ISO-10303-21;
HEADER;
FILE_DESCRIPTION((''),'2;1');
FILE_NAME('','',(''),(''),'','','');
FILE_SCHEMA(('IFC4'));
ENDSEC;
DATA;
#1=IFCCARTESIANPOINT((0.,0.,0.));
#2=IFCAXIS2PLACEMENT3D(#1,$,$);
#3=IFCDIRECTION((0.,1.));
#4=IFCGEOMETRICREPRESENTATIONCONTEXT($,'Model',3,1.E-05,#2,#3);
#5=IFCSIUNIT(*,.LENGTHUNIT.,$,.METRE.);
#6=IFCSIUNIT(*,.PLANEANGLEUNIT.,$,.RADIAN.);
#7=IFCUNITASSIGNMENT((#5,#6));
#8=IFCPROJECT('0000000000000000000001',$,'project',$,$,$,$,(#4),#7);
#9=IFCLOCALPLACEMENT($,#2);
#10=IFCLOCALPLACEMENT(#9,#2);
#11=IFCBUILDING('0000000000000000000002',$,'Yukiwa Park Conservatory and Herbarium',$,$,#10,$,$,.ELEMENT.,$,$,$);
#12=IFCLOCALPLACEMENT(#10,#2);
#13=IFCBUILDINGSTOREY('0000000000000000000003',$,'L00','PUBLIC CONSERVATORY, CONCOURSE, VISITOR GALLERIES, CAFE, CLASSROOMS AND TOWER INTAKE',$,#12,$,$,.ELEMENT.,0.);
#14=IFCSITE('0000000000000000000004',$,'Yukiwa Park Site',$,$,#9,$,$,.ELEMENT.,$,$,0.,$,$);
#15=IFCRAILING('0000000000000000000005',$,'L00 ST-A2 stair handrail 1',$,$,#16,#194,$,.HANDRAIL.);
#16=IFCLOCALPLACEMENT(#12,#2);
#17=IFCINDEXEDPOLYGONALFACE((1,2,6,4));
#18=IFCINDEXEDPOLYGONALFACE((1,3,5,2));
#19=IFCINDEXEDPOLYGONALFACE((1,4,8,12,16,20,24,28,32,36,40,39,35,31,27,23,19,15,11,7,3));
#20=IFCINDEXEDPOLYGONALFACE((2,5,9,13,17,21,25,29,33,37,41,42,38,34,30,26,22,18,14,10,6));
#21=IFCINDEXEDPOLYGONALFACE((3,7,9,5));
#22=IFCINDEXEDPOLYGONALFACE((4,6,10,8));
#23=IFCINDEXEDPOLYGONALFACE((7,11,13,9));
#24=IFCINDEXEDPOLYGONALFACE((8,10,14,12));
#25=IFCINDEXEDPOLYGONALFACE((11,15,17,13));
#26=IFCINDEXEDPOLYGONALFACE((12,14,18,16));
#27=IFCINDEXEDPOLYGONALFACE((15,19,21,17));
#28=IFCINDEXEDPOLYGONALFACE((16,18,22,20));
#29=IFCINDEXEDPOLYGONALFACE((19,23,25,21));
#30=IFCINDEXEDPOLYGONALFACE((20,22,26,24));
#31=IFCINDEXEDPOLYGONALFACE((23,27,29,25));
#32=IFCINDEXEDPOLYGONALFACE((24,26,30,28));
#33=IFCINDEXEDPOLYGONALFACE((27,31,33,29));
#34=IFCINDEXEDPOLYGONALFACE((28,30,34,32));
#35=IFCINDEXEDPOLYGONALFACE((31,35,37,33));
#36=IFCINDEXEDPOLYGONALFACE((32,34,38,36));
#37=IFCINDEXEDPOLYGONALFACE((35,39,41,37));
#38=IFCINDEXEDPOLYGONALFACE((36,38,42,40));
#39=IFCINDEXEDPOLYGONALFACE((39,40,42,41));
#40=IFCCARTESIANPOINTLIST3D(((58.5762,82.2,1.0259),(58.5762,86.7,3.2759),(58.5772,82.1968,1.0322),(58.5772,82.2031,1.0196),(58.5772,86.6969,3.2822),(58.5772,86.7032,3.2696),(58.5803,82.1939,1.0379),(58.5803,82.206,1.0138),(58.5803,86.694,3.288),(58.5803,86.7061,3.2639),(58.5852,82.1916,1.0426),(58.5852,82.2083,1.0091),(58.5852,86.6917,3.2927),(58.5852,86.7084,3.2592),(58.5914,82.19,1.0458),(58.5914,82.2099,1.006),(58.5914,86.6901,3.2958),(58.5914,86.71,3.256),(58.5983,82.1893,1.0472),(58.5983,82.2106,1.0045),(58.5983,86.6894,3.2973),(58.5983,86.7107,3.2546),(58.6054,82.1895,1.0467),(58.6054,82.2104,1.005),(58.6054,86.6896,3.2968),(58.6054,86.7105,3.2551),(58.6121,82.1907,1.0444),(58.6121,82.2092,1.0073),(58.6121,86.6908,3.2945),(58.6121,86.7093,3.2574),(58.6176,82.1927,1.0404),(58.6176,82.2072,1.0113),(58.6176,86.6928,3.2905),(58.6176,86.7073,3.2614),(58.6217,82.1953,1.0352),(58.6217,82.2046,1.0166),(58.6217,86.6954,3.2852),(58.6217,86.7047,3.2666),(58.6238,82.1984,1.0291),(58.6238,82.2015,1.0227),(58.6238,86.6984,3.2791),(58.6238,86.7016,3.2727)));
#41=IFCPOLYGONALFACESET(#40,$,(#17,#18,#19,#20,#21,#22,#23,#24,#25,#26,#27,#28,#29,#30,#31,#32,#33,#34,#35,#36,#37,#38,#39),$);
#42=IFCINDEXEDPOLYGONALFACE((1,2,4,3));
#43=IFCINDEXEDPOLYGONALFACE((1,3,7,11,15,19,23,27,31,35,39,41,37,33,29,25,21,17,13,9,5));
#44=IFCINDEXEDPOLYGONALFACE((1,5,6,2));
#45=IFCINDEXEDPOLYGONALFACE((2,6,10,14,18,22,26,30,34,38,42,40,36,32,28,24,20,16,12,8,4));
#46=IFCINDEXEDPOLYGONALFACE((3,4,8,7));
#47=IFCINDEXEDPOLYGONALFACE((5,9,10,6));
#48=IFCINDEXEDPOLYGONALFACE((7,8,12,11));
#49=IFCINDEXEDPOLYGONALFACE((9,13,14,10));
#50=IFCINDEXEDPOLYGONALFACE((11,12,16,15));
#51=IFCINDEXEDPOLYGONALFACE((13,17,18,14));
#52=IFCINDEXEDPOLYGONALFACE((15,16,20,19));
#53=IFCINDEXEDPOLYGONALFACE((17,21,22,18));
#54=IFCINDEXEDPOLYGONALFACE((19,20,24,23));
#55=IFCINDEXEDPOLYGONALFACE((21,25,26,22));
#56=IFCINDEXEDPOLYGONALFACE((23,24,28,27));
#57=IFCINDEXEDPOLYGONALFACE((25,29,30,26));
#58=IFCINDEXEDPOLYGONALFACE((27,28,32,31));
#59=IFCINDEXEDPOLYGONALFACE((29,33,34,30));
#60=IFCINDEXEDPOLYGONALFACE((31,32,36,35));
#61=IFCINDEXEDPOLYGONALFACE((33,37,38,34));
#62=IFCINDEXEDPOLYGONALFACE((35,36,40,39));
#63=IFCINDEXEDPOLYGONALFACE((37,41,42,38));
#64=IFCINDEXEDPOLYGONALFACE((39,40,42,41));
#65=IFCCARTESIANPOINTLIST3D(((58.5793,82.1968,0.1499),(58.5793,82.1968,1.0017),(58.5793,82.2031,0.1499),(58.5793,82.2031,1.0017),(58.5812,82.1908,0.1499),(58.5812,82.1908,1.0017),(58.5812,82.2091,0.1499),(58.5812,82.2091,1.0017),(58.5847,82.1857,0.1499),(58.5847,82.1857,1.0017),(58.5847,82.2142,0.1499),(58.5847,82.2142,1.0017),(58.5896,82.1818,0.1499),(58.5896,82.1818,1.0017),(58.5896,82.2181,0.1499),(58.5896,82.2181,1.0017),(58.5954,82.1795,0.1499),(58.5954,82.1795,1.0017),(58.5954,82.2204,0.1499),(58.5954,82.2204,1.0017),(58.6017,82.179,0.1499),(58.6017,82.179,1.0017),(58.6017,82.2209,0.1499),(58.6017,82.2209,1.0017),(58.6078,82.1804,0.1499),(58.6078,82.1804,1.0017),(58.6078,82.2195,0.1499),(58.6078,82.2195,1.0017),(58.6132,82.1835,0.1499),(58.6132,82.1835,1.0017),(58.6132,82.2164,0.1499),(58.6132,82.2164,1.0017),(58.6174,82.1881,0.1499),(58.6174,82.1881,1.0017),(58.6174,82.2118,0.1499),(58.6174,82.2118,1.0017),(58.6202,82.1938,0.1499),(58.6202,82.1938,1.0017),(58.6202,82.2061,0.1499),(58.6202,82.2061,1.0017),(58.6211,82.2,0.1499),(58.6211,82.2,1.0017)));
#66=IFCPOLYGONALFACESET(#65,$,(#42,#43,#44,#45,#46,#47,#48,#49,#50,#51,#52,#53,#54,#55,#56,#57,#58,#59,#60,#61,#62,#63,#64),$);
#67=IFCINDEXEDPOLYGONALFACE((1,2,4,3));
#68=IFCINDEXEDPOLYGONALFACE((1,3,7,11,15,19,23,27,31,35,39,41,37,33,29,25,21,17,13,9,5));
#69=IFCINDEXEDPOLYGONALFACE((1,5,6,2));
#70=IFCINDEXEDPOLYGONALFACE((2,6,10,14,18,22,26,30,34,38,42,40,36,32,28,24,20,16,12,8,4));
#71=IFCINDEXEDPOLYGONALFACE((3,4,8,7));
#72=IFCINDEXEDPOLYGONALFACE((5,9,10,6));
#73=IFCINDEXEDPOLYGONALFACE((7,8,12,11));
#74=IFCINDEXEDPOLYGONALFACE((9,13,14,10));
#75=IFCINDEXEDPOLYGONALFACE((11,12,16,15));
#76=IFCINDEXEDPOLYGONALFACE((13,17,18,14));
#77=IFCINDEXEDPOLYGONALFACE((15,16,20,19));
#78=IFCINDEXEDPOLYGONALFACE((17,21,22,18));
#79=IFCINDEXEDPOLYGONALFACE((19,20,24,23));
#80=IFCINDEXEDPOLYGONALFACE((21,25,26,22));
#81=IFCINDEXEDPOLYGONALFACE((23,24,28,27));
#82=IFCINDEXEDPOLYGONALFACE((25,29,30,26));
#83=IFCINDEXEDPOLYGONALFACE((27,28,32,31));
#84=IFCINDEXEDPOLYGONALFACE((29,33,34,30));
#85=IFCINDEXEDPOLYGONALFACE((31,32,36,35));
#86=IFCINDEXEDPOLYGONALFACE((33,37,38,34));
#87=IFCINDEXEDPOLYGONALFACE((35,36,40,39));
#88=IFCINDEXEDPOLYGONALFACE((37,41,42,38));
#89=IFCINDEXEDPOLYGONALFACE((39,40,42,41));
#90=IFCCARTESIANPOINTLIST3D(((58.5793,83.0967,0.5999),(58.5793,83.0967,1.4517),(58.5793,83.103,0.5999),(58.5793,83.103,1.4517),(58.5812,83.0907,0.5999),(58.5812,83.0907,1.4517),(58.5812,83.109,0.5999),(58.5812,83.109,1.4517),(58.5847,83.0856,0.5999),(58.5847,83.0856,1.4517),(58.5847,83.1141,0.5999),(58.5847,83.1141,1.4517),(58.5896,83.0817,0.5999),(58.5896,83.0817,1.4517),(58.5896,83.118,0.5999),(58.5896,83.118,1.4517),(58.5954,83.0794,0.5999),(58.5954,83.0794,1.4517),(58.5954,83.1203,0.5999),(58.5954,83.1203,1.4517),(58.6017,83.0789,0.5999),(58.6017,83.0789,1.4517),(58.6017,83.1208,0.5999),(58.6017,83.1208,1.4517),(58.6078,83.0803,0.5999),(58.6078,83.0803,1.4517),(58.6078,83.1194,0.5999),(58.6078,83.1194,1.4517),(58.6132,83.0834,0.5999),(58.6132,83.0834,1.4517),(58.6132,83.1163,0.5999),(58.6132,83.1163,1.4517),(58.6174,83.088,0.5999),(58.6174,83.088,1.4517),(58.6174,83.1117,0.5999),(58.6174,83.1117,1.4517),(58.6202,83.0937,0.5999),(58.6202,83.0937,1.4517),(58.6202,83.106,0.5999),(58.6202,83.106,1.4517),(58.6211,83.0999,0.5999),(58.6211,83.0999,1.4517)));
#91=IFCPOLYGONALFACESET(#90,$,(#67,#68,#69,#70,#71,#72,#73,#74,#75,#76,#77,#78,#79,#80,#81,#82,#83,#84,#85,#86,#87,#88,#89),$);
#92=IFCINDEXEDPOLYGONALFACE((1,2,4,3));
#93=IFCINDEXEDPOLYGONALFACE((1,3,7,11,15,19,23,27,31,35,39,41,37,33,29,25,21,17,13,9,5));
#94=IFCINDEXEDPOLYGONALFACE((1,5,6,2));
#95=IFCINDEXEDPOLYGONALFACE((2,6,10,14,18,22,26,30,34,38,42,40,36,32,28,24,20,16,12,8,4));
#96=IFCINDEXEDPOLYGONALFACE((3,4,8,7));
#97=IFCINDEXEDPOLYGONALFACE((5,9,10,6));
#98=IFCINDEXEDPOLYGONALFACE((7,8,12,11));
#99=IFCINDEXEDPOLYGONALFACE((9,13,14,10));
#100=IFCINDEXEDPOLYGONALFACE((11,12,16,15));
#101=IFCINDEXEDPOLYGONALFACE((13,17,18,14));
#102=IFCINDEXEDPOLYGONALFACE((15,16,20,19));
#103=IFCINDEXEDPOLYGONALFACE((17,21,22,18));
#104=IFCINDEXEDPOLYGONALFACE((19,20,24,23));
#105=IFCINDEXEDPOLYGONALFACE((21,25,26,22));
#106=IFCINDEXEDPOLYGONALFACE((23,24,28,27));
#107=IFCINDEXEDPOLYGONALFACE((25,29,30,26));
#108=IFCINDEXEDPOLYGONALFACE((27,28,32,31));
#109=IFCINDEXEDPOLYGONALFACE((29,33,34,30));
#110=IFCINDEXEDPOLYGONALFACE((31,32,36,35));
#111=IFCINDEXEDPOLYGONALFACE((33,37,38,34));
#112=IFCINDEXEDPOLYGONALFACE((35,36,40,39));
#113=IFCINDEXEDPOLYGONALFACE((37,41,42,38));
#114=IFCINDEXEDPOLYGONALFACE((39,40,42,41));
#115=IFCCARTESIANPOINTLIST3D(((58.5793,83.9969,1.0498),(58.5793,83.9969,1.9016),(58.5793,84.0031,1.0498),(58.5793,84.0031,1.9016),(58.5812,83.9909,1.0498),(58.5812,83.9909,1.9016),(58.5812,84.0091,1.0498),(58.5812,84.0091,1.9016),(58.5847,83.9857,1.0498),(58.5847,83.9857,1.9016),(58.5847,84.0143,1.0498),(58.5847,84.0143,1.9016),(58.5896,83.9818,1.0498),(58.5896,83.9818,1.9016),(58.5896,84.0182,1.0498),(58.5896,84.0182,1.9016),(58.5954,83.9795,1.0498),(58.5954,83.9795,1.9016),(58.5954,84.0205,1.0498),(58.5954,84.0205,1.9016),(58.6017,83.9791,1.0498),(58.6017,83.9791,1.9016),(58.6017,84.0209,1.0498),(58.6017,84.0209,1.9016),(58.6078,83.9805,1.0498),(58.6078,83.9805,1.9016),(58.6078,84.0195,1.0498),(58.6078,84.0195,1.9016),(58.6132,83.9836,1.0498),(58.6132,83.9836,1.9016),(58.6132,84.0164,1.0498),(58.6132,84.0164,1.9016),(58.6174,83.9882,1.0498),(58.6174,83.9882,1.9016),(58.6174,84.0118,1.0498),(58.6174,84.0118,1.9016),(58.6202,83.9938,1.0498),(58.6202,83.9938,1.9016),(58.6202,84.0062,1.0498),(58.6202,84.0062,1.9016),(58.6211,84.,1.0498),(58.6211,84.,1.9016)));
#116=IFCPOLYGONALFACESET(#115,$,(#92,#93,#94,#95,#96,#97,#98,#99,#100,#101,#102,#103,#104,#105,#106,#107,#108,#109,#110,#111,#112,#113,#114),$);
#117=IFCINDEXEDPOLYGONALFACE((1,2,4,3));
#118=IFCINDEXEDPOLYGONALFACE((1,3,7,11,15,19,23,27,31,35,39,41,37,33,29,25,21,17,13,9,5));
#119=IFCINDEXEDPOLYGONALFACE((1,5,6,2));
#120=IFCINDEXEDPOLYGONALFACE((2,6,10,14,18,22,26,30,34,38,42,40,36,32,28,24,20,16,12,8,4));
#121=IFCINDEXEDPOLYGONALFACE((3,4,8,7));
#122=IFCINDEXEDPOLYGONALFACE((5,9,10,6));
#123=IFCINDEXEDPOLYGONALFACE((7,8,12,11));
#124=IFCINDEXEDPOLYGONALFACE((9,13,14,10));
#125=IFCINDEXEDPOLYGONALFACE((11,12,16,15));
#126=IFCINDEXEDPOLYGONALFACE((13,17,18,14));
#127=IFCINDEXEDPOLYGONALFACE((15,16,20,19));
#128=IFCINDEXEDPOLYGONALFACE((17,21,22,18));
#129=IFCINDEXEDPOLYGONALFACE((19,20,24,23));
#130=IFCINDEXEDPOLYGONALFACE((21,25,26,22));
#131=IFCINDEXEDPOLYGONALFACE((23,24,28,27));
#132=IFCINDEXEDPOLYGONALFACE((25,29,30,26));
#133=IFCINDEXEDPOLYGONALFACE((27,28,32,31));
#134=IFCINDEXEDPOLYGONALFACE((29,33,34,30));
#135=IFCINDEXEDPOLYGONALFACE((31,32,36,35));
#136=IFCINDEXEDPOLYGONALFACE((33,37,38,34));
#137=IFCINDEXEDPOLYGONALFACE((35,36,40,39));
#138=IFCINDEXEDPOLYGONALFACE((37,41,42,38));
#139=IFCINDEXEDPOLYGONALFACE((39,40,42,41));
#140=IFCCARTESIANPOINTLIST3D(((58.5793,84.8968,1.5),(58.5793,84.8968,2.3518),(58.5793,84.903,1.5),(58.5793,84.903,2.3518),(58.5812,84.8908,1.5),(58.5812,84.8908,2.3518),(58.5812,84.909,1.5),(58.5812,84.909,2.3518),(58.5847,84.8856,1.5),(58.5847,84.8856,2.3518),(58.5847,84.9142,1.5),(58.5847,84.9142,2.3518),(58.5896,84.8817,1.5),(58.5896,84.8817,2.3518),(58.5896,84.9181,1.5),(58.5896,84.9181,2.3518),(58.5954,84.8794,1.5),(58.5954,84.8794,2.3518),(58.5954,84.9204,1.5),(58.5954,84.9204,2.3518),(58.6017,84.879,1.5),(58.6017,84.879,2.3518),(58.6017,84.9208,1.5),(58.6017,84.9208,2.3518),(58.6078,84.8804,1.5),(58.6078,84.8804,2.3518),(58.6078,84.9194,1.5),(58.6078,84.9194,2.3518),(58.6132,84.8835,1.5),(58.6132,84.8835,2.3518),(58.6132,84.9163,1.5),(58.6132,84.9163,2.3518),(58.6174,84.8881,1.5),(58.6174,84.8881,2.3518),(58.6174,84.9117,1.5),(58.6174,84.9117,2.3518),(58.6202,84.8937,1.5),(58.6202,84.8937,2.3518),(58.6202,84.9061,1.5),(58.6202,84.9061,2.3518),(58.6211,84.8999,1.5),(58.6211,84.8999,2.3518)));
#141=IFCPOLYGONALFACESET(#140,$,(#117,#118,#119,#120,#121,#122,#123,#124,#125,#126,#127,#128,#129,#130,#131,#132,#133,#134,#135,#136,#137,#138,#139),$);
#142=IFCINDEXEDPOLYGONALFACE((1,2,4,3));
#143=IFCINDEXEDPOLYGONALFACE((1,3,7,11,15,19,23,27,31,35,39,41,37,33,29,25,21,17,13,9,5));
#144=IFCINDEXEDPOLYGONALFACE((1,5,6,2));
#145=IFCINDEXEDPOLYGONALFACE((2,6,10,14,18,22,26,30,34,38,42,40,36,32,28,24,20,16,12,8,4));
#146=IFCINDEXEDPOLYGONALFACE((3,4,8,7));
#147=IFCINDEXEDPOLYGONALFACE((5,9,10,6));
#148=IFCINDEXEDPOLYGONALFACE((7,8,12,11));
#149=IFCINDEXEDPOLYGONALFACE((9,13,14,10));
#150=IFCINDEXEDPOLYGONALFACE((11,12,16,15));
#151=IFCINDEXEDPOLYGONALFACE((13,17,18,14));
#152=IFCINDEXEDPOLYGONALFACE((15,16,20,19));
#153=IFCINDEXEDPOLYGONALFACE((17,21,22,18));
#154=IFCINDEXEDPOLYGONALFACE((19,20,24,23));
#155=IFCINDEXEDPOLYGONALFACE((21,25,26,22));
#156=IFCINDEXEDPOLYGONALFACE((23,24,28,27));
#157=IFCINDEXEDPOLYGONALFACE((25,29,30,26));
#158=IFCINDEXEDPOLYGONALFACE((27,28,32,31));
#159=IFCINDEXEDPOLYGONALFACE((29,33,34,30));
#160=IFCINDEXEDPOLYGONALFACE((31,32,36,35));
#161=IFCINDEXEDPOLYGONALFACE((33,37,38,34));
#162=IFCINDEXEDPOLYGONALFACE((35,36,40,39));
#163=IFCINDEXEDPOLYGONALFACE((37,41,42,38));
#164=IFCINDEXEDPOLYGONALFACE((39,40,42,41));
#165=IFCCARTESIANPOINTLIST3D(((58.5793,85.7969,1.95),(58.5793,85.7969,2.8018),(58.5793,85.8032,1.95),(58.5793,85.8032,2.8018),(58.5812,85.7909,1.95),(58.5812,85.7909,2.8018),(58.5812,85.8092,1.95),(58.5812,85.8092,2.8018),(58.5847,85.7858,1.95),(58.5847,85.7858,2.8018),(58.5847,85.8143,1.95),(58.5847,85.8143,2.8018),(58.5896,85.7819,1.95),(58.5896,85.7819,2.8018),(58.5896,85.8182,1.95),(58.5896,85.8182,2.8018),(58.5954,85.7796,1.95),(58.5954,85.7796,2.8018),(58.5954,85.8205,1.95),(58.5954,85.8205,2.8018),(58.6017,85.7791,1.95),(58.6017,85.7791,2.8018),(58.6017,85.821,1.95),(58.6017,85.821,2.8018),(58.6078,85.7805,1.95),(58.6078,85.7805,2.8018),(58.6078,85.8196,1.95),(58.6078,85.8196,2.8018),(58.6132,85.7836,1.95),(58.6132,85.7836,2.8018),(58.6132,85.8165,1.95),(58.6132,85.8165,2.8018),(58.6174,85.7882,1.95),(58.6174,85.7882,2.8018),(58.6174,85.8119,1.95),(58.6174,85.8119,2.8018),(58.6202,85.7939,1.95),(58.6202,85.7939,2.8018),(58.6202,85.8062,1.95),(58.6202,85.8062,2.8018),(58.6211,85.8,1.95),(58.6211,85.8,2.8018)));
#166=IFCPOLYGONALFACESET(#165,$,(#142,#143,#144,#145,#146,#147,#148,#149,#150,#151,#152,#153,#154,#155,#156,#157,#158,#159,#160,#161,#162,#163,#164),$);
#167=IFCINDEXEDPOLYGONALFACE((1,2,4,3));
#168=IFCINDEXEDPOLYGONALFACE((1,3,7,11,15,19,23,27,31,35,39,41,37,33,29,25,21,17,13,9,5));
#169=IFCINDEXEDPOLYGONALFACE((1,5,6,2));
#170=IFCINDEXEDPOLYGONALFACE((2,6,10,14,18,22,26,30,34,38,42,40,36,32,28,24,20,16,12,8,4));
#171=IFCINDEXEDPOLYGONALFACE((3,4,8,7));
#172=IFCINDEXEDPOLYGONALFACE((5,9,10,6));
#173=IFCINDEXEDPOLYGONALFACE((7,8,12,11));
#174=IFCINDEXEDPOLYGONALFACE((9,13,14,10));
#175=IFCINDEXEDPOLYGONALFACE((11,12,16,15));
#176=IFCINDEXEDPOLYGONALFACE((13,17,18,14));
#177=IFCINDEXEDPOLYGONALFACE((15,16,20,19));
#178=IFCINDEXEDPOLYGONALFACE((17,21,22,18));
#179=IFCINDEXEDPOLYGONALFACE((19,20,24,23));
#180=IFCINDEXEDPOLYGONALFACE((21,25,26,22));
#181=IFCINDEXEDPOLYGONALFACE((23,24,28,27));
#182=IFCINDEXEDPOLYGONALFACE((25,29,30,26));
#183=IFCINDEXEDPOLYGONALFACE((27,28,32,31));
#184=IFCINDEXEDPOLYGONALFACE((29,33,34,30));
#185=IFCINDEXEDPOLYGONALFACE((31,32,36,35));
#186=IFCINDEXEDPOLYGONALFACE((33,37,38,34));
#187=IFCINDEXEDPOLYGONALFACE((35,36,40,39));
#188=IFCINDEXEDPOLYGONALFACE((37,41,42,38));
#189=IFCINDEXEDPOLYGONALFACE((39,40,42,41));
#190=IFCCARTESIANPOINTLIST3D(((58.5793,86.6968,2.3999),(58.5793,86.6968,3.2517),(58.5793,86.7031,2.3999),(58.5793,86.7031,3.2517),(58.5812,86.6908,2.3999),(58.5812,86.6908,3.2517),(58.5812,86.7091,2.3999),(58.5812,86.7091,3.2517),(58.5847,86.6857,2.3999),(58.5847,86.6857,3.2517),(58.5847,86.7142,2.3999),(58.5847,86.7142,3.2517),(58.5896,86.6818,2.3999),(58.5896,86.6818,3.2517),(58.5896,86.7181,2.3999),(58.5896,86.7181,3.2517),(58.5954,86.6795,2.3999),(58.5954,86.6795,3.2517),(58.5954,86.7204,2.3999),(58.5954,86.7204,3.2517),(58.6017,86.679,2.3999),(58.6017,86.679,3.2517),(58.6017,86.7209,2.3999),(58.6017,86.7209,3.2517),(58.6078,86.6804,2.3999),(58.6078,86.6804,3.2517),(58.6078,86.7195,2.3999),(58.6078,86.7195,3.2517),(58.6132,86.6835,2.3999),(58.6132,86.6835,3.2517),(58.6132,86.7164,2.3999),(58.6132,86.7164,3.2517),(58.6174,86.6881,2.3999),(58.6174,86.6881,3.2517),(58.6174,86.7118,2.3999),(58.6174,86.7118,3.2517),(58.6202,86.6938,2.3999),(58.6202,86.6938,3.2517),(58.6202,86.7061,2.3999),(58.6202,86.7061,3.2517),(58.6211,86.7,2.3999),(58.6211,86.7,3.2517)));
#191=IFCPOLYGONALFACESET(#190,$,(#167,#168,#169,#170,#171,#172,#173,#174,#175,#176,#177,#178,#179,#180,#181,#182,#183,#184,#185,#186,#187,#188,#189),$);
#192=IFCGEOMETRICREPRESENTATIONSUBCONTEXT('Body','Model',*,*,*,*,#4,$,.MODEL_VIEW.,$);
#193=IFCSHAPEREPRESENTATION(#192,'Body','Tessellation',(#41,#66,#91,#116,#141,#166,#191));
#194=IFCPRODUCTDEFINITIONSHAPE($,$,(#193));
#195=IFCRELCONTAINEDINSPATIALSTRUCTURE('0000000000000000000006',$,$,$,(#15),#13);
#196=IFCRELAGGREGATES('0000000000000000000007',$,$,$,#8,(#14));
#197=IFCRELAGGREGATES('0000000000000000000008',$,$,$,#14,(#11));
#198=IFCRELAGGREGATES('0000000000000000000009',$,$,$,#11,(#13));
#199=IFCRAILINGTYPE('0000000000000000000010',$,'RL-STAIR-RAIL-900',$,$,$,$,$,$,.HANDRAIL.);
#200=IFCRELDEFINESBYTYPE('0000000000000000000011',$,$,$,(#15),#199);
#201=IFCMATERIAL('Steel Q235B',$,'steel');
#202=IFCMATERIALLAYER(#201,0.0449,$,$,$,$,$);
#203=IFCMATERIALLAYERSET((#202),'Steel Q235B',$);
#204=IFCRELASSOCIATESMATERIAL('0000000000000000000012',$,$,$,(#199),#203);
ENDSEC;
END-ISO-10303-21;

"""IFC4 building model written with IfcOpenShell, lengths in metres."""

from ifc_helpers import new_model, si_unit, direction, frame, origin, origin_2d, place, context, subcontext, project, spatial, circle, extrude, material, layer, layer_set, type_object, element, save


model = new_model("IFC4")

# Units and contexts
model_context = context("Model", 3, precision=1e-05, world=origin(), true_north=direction((0.0, 1.0)))
body_context = subcontext(model_context, "Body", "Model", "MODEL_VIEW")
ifc_project = project(units=[si_unit("LENGTHUNIT", "METRE"), si_unit("PLANEANGLEUNIT", "RADIAN")], contexts=[model_context])

# Site, building, storey
site_placement = place(None, origin())
site = spatial("IfcSite", under=ifc_project, at=site_placement, Name="Yukiwa Park Site", CompositionType="ELEMENT", RefElevation=0.0)
building_placement = place(site_placement, origin())
building = spatial("IfcBuilding", under=site, at=building_placement, Name="Yukiwa Park Conservatory and Herbarium", CompositionType="ELEMENT")
storey_placement = place(building_placement, origin())
storey = spatial("IfcBuildingStorey", under=building, at=storey_placement, Name="L00", Description="PUBLIC CONSERVATORY, CONCOURSE, VISITOR GALLERIES, CAFE, CLASSROOMS AND TOWER INTAKE", CompositionType="ELEMENT", Elevation=0.0)

# Railing
ifc_material_1 = material(Name="Steel Q235B", Category="steel")
ifc_layer_1 = layer(ifc_material_1, 0.0449)
ifc_layer_set_1 = layer_set([ifc_layer_1], Name="Steel Q235B")
railing_type_1 = type_object("IfcRailingType", Name="RL-STAIR-RAIL-900", PredefinedType="HANDRAIL", material=ifc_layer_set_1)
railing_1_placement = place(storey_placement, frame((58.6001, 82.2, 0.1499)))
element("IfcRailing", 1, at=railing_1_placement, inside=storey, type_object=railing_type_1, Name="L00 ST-A2 stair handrail 1", PredefinedType="HANDRAIL", context=body_context, shape_type="SweptSolid", body=[
    extrude(circle(Radius=0.0239, at=origin_2d()), frame((0.0, 0.0, 0.876), z_axis=(0.0, 0.894427, 0.447214), x_axis=(-1.0, 0.0, 0.0)), (0.0, 0.0, 1.0), 5.0312),
    extrude(circle(Radius=0.021, at=origin_2d()), origin(), (0.0, 0.0, 1.0), 0.8518),
    extrude(circle(Radius=0.021, at=origin_2d()), frame((0.0, 0.8999, 0.45)), (0.0, 0.0, 1.0), 0.8518),
    extrude(circle(Radius=0.021, at=origin_2d()), frame((0.0, 1.8, 0.8999)), (0.0, 0.0, 1.0), 0.8518),
    extrude(circle(Radius=0.021, at=origin_2d()), frame((0.0, 2.7, 1.3501)), (0.0, 0.0, 1.0), 0.8518),
    extrude(circle(Radius=0.021, at=origin_2d()), frame((0.0, 3.6001, 1.8)), (0.0, 0.0, 1.0), 0.8518),
    extrude(circle(Radius=0.021, at=origin_2d()), frame((0.0, 4.5, 2.25)), (0.0, 0.0, 1.0), 0.8518),
])

save(model, "model.ifc")
